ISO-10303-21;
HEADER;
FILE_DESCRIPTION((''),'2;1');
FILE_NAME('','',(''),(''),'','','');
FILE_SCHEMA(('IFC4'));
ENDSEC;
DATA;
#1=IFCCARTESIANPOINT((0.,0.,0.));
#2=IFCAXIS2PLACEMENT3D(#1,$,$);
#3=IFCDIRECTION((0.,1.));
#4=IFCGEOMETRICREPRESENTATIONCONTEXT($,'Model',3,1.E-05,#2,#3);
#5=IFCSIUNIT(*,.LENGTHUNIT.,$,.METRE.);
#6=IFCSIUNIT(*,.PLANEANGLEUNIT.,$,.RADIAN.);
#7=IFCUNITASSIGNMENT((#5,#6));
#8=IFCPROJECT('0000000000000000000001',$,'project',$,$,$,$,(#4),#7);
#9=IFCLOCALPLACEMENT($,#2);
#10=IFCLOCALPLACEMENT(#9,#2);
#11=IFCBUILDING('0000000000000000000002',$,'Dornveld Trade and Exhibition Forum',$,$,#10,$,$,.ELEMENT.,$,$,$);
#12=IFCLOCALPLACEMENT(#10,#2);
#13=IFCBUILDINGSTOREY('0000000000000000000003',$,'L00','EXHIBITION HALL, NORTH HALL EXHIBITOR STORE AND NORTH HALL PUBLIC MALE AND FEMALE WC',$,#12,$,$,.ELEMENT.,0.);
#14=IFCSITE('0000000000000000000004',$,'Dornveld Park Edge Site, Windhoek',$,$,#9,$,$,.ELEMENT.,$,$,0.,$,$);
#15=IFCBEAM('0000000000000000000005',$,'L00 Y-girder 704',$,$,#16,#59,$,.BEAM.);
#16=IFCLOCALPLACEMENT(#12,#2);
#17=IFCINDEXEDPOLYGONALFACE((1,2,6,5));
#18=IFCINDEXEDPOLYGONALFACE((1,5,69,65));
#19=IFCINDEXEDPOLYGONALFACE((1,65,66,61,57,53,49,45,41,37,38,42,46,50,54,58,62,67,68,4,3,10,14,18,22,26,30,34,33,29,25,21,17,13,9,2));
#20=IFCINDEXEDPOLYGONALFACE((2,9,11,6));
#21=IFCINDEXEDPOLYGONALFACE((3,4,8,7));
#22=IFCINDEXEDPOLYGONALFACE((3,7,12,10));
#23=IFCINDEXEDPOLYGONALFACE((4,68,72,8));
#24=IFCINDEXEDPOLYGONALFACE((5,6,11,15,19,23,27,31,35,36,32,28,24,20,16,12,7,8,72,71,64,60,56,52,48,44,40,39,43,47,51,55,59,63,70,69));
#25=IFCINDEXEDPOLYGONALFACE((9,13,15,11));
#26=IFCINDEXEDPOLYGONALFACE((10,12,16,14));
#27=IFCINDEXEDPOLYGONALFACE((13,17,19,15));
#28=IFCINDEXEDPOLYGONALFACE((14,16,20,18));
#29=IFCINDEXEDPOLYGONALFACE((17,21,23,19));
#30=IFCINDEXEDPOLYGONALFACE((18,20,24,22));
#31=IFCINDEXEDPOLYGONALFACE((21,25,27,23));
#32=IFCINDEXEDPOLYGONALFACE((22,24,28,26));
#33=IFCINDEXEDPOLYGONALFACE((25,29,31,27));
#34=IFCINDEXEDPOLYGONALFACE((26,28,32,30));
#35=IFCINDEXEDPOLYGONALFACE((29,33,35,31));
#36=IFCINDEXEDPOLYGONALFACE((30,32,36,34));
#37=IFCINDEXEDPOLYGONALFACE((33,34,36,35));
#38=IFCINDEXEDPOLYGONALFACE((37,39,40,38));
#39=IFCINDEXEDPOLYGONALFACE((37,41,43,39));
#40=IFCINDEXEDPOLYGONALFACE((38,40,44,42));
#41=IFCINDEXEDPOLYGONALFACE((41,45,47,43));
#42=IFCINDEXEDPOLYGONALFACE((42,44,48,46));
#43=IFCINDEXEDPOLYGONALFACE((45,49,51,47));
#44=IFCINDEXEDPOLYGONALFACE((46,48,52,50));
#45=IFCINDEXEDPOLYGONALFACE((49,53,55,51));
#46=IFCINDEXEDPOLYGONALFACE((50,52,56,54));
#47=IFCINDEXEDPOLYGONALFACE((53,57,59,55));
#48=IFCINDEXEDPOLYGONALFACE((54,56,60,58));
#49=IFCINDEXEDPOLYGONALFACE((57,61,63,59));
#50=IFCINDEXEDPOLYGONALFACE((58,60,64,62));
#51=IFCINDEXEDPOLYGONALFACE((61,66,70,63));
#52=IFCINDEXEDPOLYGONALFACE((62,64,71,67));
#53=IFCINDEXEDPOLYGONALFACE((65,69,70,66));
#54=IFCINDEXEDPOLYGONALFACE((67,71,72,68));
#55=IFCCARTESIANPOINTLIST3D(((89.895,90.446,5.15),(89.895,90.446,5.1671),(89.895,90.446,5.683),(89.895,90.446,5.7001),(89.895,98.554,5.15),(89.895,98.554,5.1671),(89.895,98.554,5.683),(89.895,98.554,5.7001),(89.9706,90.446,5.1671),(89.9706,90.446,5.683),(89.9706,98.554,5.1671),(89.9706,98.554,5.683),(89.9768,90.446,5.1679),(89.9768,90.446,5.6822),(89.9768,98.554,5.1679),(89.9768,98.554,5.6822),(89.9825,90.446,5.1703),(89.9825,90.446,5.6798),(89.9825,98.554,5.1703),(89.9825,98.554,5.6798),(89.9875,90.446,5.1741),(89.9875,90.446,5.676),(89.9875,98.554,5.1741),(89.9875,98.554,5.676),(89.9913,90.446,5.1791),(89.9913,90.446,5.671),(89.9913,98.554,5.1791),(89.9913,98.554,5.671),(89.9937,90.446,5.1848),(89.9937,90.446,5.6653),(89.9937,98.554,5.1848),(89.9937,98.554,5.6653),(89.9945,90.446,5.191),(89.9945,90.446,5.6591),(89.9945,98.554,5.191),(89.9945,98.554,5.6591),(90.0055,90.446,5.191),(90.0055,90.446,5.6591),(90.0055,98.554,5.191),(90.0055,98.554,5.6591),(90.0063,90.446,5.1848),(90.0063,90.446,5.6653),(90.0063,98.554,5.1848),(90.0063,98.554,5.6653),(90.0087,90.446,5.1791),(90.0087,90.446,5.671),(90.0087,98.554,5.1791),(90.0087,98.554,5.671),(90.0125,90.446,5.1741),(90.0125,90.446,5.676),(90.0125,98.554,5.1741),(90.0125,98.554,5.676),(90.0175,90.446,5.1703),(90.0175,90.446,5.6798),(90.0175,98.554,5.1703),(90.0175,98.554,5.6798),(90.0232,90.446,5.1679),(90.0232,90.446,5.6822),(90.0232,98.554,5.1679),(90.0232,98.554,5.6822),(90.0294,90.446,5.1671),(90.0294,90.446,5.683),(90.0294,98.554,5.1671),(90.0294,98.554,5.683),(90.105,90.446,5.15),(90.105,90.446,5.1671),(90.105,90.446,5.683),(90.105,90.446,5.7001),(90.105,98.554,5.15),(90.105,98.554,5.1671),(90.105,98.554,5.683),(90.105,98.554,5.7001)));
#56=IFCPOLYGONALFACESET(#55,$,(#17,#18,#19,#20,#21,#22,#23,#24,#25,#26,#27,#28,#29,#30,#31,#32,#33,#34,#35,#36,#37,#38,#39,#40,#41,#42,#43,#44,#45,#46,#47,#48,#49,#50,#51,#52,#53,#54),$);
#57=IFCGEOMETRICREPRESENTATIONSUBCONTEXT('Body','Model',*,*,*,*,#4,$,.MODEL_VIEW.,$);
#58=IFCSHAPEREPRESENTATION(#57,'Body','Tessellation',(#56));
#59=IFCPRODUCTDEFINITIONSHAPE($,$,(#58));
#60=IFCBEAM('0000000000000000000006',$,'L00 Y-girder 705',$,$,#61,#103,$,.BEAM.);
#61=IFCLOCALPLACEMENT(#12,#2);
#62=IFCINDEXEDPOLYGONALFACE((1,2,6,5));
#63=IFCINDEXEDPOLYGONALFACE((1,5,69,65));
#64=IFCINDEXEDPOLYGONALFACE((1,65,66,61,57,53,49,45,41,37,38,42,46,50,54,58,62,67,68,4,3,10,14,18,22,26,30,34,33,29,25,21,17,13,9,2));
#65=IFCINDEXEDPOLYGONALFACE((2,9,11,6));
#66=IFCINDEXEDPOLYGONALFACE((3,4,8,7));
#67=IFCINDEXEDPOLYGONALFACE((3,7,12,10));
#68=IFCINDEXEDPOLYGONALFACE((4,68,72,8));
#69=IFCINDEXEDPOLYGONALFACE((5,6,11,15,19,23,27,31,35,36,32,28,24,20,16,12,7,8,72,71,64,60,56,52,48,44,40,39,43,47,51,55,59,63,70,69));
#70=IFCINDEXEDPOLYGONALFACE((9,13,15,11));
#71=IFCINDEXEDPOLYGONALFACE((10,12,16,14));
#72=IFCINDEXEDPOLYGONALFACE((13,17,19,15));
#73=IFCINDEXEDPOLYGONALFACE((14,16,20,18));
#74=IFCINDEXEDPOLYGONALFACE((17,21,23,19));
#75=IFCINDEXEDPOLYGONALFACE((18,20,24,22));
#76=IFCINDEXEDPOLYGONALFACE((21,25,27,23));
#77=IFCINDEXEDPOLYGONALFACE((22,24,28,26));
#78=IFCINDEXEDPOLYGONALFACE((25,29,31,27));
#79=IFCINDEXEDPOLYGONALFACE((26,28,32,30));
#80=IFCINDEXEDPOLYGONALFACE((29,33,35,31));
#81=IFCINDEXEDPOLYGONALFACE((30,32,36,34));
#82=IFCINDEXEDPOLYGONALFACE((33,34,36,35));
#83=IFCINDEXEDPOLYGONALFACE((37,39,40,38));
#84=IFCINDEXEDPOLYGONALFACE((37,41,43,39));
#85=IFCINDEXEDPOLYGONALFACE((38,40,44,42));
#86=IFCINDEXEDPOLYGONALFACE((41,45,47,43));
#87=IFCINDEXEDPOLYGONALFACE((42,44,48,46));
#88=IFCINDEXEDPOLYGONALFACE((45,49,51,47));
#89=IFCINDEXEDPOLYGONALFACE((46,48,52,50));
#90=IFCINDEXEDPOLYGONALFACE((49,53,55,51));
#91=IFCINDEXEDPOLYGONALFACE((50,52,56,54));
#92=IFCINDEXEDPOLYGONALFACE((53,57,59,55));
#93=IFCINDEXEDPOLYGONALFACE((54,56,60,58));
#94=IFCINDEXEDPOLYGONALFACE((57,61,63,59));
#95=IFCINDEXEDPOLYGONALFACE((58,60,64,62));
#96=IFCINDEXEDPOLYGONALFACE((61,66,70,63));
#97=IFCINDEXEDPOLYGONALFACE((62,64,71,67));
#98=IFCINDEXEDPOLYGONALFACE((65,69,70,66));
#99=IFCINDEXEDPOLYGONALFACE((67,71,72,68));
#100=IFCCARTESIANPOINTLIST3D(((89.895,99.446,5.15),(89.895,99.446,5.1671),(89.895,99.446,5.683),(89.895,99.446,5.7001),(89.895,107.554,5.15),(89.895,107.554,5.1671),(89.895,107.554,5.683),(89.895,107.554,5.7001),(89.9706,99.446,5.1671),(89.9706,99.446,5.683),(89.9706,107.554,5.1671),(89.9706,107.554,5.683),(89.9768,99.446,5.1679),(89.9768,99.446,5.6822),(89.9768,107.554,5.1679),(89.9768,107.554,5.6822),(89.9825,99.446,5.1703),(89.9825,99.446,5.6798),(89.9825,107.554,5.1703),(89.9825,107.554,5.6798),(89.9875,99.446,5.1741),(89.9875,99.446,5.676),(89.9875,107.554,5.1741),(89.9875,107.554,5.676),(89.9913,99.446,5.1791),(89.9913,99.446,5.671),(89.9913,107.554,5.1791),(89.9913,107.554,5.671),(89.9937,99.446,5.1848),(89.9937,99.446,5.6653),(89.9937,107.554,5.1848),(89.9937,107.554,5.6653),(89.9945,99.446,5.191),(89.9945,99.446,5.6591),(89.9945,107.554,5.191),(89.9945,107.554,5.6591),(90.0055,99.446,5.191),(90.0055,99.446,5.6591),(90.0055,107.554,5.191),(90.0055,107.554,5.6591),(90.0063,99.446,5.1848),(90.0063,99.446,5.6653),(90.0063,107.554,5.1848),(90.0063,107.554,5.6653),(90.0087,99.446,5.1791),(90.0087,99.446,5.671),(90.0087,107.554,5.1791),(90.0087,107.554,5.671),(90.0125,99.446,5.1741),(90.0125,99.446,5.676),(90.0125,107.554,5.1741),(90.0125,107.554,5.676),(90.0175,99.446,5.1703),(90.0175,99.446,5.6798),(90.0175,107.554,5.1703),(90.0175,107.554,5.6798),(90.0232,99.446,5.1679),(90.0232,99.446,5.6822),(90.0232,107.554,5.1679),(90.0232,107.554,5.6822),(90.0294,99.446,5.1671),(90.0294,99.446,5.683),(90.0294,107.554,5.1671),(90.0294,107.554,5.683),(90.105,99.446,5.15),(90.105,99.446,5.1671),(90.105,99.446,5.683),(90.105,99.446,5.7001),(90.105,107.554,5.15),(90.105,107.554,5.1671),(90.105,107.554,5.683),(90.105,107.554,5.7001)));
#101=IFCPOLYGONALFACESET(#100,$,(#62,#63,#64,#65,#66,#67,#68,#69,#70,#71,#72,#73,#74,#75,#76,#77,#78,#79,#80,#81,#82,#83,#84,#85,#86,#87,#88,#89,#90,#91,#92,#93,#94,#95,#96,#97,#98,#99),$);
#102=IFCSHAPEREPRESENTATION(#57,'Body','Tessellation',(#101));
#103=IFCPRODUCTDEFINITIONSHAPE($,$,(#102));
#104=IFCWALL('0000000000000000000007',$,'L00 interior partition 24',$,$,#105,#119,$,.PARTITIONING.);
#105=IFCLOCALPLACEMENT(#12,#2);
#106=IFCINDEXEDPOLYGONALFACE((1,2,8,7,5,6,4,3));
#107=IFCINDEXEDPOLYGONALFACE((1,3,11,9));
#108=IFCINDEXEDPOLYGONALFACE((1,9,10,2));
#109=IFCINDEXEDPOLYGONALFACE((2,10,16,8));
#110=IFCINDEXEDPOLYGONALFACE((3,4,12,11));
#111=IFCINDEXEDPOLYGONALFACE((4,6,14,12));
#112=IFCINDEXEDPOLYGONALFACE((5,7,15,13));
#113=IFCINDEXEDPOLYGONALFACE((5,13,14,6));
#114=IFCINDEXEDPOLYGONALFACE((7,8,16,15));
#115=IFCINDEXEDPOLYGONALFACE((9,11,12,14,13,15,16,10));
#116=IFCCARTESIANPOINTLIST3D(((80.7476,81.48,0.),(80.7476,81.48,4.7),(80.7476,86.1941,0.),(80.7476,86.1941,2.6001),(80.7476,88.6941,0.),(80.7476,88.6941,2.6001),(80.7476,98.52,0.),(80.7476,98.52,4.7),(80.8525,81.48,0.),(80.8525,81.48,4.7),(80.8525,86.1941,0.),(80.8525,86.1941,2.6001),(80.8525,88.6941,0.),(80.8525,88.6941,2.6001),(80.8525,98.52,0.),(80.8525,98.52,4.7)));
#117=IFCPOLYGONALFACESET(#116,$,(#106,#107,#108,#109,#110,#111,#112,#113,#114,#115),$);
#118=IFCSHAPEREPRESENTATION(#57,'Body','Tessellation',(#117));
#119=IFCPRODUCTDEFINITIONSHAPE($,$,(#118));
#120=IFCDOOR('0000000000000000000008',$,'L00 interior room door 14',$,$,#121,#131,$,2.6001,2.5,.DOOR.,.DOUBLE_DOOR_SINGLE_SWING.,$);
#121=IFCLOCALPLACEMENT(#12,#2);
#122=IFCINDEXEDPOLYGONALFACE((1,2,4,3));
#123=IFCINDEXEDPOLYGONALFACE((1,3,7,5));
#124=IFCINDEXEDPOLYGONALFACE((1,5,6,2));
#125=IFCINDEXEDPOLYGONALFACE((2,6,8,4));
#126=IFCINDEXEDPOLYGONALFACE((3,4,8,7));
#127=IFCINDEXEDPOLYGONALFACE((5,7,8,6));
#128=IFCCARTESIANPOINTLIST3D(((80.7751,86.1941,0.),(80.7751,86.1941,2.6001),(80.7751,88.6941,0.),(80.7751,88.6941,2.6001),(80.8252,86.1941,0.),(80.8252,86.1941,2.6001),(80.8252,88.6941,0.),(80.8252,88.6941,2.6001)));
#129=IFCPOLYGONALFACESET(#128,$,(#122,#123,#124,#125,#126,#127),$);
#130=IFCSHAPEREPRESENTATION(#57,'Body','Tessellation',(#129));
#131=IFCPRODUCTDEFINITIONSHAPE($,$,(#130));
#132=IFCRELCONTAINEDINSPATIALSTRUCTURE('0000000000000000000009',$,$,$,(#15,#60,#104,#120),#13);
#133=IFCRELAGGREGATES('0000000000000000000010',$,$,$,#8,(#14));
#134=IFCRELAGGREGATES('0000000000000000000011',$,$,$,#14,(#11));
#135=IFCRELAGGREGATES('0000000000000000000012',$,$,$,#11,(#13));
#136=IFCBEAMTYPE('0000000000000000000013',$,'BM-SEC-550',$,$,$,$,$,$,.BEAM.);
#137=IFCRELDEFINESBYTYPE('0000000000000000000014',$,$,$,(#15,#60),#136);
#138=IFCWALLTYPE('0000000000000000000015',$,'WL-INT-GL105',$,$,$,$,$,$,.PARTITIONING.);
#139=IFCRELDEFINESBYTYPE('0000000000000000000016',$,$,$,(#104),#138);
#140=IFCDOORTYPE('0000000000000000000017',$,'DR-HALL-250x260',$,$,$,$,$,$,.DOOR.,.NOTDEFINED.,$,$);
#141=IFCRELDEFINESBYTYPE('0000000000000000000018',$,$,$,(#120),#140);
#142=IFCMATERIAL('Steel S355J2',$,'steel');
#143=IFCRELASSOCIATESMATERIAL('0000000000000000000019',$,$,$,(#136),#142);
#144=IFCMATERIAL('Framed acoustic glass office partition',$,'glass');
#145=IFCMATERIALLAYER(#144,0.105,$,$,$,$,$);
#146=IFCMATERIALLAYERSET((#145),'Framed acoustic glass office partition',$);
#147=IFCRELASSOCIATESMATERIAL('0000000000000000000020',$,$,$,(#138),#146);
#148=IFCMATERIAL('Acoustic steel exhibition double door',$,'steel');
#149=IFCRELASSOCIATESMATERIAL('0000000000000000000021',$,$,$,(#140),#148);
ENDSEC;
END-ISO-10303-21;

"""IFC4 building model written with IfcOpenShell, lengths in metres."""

from ifc_helpers import new_model, si_unit, direction, frame, frame_2d, origin, origin_2d, place, context, subcontext, project, spatial, rectangle, i_section, extrude, material, layer, layer_set, material_profile, profile_set, type_object, element, fill, save


model = new_model("IFC4")

# Units and contexts
model_context = context("Model", 3, precision=1e-05, world=origin(), true_north=direction((0.0, 1.0)))
body_context = subcontext(model_context, "Body", "Model", "MODEL_VIEW")
ifc_project = project(units=[si_unit("LENGTHUNIT", "METRE"), si_unit("PLANEANGLEUNIT", "RADIAN")], contexts=[model_context])

# Site, building, storey
site_placement = place(None, origin())
site = spatial("IfcSite", under=ifc_project, at=site_placement, Name="Dornveld Park Edge Site, Windhoek", CompositionType="ELEMENT", RefElevation=0.0)
building_placement = place(site_placement, origin())
building = spatial("IfcBuilding", under=site, at=building_placement, Name="Dornveld Trade and Exhibition Forum", CompositionType="ELEMENT")
storey_placement = place(building_placement, origin())
storey = spatial("IfcBuildingStorey", under=building, at=storey_placement, Name="L00", Description="EXHIBITION HALL, NORTH HALL EXHIBITOR STORE AND NORTH HALL PUBLIC MALE AND FEMALE WC", CompositionType="ELEMENT", Elevation=0.0)

# Beams
ifc_material_1 = material(Name="Steel S355J2", Category="steel")
ifc_material_profile_1 = material_profile(ifc_material_1, i_section(OverallWidth=0.21, OverallDepth=0.55, WebThickness=0.011, FlangeThickness=0.0171, FilletRadius=0.0239, at=origin_2d()), Name="IPE 550")
ifc_profile_set_1 = profile_set([ifc_material_profile_1], Name="Steel S355J2")
beam_type_1 = type_object("IfcBeamType", Name="BM-SEC-550", PredefinedType="BEAM", material=ifc_profile_set_1)
for number, where, z_axis, x_axis, name in (
    (1, (90.0, 90.446, 5.425), (0.0, 1.0, 0.0), (-1.0, 0.0, 0.0), "L00 Y-girder 704"),
    (2, (90.0, 99.446, 5.425), (0.0, 1.0, 0.0), (-1.0, 0.0, 0.0), "L00 Y-girder 705"),
):
    element("IfcBeam", number, at=place(storey_placement, frame(where, z_axis=z_axis, x_axis=x_axis)), inside=storey, type_object=beam_type_1, Name=name, PredefinedType="BEAM", context=body_context, shape_type="SweptSolid", body=[
        extrude(i_section(OverallWidth=0.21, OverallDepth=0.55, WebThickness=0.011, FlangeThickness=0.0171, FilletRadius=0.0239, at=origin_2d()), origin(), (0.0, 0.0, 1.0), 8.1079),
    ])

# Wall, opening, door
ifc_material_2 = material(Name="Framed acoustic glass office partition", Category="glass")
ifc_layer = layer(ifc_material_2, 0.105)
ifc_layer_set = layer_set([ifc_layer], Name="Framed acoustic glass office partition")
wall_type = type_object("IfcWallType", Name="WL-INT-GL105", PredefinedType="PARTITIONING", material=ifc_layer_set)
wall_placement = place(storey_placement, frame((80.8, 81.48, 0.0), z_axis=(0.0, 0.0, 1.0), x_axis=(0.0, 1.0, 0.0)))
wall = element("IfcWall", 3, at=wall_placement, inside=storey, type_object=wall_type, Name="L00 interior partition 24", PredefinedType="PARTITIONING", context=body_context, shape_type="SweptSolid", body=[
    extrude(rectangle(XDim=17.04, YDim=0.105, at=frame_2d((8.52, 0.0))), origin(), (0.0, 0.0, 1.0), 4.7),
])
opening_placement = place(wall_placement, frame((4.7141, 0.0, 0.0)))
opening = element("IfcOpeningElement", 4, at=opening_placement, cuts=wall, PredefinedType="OPENING", context=body_context, shape_type="SweptSolid", body=[
    extrude(rectangle(XDim=2.5, YDim=2.6001, at=frame_2d((1.25, 1.3))), frame((0.0, 0.0625, 0.0), z_axis=(0.0, -1.0, 0.0), x_axis=(1.0, 0.0, 0.0)), (0.0, 0.0, 1.0), 0.125),
])
ifc_material_3 = material(Name="Acoustic steel exhibition double door", Category="steel")
door_type = type_object("IfcDoorType", Name="DR-HALL-250x260", OperationType="NOTDEFINED", PredefinedType="DOOR", material=ifc_material_3)
door_placement = place(opening_placement, origin())
door = element("IfcDoor", 5, at=door_placement, inside=storey, type_object=door_type, Name="L00 interior room door 14", OperationType="DOUBLE_DOOR_SINGLE_SWING", OverallHeight=2.6001, OverallWidth=2.5, PredefinedType="DOOR", context=body_context, shape_type="SweptSolid", body=[
    extrude(rectangle(XDim=2.5, YDim=2.6001, at=frame_2d((1.25, 1.3))), frame((0.0, 0.0249, 0.0), z_axis=(0.0, -1.0, 0.0), x_axis=(1.0, 0.0, 0.0)), (0.0, 0.0, 1.0), 0.05),
])
fill(opening, door)

save(model, "model.ifc")
